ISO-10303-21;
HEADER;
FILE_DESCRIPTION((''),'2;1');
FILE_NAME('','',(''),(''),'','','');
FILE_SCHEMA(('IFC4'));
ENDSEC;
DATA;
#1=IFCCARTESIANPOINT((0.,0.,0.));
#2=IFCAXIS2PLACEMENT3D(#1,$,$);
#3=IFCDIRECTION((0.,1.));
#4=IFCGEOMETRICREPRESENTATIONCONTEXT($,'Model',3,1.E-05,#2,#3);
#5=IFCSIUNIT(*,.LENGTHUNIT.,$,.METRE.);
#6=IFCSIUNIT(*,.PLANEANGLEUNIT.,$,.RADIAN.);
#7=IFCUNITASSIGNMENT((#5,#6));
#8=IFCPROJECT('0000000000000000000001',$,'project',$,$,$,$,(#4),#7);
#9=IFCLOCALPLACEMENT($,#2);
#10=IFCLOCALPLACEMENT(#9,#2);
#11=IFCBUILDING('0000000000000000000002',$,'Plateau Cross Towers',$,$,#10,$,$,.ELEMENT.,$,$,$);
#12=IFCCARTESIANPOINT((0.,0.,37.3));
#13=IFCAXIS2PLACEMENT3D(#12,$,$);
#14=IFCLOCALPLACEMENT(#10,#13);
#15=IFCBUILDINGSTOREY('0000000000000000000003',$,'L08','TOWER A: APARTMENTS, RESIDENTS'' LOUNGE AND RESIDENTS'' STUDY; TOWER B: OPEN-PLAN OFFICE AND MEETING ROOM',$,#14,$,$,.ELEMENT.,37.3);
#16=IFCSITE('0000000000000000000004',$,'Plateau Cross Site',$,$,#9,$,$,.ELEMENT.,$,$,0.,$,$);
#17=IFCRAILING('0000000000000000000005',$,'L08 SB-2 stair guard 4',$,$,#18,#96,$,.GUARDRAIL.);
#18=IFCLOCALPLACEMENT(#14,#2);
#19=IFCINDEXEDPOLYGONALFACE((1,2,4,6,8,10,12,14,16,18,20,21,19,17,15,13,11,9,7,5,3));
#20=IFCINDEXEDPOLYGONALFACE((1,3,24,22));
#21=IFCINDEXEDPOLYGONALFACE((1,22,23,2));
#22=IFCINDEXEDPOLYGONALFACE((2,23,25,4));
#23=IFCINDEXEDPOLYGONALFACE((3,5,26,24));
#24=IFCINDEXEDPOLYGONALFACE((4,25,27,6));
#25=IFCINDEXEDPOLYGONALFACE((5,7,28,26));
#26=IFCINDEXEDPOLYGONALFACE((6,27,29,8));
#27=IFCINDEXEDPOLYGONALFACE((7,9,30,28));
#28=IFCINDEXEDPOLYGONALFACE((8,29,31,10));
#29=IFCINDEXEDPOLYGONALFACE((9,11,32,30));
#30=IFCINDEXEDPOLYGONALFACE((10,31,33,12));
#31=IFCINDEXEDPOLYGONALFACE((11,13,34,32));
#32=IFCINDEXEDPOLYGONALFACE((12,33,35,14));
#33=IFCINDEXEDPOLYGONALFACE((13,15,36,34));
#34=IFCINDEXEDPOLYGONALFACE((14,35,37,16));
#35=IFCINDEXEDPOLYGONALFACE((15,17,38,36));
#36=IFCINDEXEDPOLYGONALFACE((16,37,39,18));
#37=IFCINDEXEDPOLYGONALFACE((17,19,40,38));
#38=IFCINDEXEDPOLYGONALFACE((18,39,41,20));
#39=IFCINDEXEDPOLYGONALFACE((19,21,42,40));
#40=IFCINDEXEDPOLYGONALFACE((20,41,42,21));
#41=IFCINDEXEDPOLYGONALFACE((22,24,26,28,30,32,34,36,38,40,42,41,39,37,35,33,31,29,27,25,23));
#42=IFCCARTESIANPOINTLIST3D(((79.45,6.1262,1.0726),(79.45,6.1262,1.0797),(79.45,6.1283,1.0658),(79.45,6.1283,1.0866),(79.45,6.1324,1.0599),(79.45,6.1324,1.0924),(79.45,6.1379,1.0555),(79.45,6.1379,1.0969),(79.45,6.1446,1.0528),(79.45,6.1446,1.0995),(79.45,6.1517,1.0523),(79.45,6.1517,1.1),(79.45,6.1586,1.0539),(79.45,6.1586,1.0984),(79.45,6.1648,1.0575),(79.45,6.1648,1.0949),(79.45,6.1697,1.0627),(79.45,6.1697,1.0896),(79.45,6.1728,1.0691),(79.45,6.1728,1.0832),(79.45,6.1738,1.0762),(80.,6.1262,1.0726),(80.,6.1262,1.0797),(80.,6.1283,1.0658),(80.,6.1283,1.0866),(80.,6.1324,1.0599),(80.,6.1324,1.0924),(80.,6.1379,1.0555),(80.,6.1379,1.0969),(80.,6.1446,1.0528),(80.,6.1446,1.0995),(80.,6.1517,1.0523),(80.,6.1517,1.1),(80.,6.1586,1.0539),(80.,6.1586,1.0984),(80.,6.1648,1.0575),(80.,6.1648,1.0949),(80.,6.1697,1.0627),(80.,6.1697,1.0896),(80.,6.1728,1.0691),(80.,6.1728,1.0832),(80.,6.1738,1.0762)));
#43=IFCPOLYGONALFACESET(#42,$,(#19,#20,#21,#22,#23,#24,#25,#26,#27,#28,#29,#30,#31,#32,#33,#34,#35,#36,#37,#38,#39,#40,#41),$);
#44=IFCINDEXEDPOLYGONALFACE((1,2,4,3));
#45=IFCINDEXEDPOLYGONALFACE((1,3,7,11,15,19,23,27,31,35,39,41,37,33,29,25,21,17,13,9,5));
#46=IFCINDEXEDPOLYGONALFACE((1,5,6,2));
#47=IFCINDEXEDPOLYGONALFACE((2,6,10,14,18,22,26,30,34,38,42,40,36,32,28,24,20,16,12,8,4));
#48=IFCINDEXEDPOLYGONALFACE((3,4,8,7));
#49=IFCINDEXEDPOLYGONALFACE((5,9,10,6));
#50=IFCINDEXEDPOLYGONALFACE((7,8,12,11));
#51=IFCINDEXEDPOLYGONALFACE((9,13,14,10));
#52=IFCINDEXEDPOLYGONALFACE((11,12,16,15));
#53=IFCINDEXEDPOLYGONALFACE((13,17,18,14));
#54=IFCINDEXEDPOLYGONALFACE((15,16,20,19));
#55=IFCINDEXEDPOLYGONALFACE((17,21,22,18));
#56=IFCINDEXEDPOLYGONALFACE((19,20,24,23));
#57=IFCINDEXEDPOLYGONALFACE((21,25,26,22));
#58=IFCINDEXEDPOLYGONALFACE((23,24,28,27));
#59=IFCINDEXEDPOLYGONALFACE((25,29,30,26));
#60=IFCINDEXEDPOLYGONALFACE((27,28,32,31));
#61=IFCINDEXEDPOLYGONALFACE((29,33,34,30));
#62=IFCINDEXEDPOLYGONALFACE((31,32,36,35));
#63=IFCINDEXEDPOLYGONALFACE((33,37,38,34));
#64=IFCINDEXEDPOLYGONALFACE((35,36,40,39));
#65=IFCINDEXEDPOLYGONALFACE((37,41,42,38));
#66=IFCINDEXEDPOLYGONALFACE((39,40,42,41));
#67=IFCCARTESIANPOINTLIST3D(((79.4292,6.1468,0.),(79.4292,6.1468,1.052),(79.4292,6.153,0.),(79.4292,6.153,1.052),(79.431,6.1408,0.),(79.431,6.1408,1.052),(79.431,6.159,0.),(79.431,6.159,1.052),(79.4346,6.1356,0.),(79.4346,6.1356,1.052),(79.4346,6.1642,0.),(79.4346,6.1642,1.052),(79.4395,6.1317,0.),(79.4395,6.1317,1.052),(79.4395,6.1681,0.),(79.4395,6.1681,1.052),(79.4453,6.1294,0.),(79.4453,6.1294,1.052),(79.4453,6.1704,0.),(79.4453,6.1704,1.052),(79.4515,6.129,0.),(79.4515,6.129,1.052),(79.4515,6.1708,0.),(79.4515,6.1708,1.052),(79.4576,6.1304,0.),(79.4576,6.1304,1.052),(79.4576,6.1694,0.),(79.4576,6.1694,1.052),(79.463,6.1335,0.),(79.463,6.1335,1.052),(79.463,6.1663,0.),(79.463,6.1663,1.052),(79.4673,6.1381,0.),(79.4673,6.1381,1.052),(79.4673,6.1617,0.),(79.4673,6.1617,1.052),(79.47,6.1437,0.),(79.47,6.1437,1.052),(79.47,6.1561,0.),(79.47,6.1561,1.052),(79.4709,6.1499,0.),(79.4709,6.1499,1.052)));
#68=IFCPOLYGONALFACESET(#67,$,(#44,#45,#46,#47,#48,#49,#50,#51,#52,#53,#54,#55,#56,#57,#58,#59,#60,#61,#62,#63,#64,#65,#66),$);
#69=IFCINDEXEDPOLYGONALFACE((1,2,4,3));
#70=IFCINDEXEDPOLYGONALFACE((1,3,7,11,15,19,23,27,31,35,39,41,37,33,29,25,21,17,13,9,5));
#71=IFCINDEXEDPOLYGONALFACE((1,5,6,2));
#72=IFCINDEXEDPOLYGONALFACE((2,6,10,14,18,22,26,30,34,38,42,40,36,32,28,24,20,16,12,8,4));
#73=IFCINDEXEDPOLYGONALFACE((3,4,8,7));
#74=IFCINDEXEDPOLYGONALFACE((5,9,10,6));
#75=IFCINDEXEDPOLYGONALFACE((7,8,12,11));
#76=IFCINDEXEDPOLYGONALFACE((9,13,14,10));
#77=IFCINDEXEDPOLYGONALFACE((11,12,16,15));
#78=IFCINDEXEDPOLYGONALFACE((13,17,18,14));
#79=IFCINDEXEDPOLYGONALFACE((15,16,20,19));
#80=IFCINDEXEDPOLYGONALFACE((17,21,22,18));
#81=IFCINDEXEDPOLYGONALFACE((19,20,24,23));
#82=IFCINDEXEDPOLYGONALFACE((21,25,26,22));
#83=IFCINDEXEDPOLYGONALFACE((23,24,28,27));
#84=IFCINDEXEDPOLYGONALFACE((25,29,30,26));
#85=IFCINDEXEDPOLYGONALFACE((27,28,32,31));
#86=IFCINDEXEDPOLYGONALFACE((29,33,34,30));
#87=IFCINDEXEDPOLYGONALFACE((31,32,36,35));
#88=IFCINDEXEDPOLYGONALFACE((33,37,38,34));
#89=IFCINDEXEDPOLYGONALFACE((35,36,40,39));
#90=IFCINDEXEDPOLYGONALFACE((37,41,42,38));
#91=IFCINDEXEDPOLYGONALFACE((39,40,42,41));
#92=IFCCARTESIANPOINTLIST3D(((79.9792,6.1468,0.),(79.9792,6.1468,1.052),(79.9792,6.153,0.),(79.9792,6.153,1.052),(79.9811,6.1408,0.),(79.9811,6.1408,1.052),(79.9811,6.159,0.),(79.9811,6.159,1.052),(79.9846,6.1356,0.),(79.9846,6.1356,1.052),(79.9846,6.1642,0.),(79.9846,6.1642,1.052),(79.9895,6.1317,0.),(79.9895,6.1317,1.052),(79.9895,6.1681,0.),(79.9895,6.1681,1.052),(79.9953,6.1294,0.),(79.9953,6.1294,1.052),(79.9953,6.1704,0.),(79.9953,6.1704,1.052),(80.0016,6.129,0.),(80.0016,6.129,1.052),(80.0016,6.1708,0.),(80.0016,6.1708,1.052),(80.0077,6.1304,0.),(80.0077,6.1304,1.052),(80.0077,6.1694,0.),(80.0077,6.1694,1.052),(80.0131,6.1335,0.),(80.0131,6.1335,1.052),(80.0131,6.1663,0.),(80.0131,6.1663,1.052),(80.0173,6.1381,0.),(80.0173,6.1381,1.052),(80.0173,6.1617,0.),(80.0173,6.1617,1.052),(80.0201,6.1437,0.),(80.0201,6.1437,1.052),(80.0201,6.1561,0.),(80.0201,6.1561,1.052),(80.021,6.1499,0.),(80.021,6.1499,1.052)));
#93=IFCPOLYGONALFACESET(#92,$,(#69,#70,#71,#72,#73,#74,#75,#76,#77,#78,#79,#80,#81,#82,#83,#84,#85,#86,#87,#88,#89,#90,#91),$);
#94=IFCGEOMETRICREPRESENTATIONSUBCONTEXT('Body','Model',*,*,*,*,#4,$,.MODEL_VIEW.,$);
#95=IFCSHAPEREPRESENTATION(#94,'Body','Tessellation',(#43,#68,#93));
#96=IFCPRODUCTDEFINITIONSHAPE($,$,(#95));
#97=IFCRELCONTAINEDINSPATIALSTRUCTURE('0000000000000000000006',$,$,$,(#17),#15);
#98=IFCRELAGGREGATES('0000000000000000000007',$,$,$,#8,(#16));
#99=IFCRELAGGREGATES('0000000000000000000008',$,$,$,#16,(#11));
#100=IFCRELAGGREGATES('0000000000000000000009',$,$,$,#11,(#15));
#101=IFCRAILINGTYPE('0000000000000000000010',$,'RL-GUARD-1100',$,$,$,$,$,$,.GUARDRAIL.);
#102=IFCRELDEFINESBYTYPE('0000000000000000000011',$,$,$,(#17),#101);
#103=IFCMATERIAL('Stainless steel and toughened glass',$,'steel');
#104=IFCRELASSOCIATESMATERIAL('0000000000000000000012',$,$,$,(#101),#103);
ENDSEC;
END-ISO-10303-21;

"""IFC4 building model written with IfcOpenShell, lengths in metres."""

from ifc_helpers import new_model, si_unit, direction, frame, origin, origin_2d, place, context, subcontext, project, spatial, circle, extrude, material, type_object, element, save


model = new_model("IFC4")

# Units and contexts
model_context = context("Model", 3, precision=1e-05, world=origin(), true_north=direction((0.0, 1.0)))
body_context = subcontext(model_context, "Body", "Model", "MODEL_VIEW")
ifc_project = project(units=[si_unit("LENGTHUNIT", "METRE"), si_unit("PLANEANGLEUNIT", "RADIAN")], contexts=[model_context])

# Site, building, storey
site_placement = place(None, origin())
site = spatial("IfcSite", under=ifc_project, at=site_placement, Name="Plateau Cross Site", CompositionType="ELEMENT", RefElevation=0.0)
building_placement = place(site_placement, origin())
building = spatial("IfcBuilding", under=site, at=building_placement, Name="Plateau Cross Towers", CompositionType="ELEMENT")
storey_placement = place(building_placement, frame((0.0, 0.0, 37.3)))
storey = spatial("IfcBuildingStorey", under=building, at=storey_placement, Name="L08", Description="TOWER A: APARTMENTS, RESIDENTS' LOUNGE AND RESIDENTS' STUDY; TOWER B: OPEN-PLAN OFFICE AND MEETING ROOM", CompositionType="ELEMENT", Elevation=37.3)

# Railing
ifc_material_1 = material(Name="Stainless steel and toughened glass", Category="steel")
railing_type = type_object("IfcRailingType", Name="RL-GUARD-1100", PredefinedType="GUARDRAIL", material=ifc_material_1)
railing_1_placement = place(storey_placement, frame((79.45, 6.1499, 0.0)))
element("IfcRailing", 1, at=railing_1_placement, inside=storey, type_object=railing_type, Name="L08 SB-2 stair guard 4", PredefinedType="GUARDRAIL", context=body_context, shape_type="SweptSolid", body=[
    extrude(circle(Radius=0.0239, at=origin_2d()), frame((0.0, 0.0, 1.0762), z_axis=(1.0, 0.0, 0.0), x_axis=(0.0, 1.0, 0.0)), (0.0, 0.0, 1.0), 0.55),
    extrude(circle(Radius=0.021, at=origin_2d()), origin(), (0.0, 0.0, 1.0), 1.052),
    extrude(circle(Radius=0.021, at=origin_2d()), frame((0.55, 0.0, 0.0)), (0.0, 0.0, 1.0), 1.052),
])

save(model, "model.ifc")
